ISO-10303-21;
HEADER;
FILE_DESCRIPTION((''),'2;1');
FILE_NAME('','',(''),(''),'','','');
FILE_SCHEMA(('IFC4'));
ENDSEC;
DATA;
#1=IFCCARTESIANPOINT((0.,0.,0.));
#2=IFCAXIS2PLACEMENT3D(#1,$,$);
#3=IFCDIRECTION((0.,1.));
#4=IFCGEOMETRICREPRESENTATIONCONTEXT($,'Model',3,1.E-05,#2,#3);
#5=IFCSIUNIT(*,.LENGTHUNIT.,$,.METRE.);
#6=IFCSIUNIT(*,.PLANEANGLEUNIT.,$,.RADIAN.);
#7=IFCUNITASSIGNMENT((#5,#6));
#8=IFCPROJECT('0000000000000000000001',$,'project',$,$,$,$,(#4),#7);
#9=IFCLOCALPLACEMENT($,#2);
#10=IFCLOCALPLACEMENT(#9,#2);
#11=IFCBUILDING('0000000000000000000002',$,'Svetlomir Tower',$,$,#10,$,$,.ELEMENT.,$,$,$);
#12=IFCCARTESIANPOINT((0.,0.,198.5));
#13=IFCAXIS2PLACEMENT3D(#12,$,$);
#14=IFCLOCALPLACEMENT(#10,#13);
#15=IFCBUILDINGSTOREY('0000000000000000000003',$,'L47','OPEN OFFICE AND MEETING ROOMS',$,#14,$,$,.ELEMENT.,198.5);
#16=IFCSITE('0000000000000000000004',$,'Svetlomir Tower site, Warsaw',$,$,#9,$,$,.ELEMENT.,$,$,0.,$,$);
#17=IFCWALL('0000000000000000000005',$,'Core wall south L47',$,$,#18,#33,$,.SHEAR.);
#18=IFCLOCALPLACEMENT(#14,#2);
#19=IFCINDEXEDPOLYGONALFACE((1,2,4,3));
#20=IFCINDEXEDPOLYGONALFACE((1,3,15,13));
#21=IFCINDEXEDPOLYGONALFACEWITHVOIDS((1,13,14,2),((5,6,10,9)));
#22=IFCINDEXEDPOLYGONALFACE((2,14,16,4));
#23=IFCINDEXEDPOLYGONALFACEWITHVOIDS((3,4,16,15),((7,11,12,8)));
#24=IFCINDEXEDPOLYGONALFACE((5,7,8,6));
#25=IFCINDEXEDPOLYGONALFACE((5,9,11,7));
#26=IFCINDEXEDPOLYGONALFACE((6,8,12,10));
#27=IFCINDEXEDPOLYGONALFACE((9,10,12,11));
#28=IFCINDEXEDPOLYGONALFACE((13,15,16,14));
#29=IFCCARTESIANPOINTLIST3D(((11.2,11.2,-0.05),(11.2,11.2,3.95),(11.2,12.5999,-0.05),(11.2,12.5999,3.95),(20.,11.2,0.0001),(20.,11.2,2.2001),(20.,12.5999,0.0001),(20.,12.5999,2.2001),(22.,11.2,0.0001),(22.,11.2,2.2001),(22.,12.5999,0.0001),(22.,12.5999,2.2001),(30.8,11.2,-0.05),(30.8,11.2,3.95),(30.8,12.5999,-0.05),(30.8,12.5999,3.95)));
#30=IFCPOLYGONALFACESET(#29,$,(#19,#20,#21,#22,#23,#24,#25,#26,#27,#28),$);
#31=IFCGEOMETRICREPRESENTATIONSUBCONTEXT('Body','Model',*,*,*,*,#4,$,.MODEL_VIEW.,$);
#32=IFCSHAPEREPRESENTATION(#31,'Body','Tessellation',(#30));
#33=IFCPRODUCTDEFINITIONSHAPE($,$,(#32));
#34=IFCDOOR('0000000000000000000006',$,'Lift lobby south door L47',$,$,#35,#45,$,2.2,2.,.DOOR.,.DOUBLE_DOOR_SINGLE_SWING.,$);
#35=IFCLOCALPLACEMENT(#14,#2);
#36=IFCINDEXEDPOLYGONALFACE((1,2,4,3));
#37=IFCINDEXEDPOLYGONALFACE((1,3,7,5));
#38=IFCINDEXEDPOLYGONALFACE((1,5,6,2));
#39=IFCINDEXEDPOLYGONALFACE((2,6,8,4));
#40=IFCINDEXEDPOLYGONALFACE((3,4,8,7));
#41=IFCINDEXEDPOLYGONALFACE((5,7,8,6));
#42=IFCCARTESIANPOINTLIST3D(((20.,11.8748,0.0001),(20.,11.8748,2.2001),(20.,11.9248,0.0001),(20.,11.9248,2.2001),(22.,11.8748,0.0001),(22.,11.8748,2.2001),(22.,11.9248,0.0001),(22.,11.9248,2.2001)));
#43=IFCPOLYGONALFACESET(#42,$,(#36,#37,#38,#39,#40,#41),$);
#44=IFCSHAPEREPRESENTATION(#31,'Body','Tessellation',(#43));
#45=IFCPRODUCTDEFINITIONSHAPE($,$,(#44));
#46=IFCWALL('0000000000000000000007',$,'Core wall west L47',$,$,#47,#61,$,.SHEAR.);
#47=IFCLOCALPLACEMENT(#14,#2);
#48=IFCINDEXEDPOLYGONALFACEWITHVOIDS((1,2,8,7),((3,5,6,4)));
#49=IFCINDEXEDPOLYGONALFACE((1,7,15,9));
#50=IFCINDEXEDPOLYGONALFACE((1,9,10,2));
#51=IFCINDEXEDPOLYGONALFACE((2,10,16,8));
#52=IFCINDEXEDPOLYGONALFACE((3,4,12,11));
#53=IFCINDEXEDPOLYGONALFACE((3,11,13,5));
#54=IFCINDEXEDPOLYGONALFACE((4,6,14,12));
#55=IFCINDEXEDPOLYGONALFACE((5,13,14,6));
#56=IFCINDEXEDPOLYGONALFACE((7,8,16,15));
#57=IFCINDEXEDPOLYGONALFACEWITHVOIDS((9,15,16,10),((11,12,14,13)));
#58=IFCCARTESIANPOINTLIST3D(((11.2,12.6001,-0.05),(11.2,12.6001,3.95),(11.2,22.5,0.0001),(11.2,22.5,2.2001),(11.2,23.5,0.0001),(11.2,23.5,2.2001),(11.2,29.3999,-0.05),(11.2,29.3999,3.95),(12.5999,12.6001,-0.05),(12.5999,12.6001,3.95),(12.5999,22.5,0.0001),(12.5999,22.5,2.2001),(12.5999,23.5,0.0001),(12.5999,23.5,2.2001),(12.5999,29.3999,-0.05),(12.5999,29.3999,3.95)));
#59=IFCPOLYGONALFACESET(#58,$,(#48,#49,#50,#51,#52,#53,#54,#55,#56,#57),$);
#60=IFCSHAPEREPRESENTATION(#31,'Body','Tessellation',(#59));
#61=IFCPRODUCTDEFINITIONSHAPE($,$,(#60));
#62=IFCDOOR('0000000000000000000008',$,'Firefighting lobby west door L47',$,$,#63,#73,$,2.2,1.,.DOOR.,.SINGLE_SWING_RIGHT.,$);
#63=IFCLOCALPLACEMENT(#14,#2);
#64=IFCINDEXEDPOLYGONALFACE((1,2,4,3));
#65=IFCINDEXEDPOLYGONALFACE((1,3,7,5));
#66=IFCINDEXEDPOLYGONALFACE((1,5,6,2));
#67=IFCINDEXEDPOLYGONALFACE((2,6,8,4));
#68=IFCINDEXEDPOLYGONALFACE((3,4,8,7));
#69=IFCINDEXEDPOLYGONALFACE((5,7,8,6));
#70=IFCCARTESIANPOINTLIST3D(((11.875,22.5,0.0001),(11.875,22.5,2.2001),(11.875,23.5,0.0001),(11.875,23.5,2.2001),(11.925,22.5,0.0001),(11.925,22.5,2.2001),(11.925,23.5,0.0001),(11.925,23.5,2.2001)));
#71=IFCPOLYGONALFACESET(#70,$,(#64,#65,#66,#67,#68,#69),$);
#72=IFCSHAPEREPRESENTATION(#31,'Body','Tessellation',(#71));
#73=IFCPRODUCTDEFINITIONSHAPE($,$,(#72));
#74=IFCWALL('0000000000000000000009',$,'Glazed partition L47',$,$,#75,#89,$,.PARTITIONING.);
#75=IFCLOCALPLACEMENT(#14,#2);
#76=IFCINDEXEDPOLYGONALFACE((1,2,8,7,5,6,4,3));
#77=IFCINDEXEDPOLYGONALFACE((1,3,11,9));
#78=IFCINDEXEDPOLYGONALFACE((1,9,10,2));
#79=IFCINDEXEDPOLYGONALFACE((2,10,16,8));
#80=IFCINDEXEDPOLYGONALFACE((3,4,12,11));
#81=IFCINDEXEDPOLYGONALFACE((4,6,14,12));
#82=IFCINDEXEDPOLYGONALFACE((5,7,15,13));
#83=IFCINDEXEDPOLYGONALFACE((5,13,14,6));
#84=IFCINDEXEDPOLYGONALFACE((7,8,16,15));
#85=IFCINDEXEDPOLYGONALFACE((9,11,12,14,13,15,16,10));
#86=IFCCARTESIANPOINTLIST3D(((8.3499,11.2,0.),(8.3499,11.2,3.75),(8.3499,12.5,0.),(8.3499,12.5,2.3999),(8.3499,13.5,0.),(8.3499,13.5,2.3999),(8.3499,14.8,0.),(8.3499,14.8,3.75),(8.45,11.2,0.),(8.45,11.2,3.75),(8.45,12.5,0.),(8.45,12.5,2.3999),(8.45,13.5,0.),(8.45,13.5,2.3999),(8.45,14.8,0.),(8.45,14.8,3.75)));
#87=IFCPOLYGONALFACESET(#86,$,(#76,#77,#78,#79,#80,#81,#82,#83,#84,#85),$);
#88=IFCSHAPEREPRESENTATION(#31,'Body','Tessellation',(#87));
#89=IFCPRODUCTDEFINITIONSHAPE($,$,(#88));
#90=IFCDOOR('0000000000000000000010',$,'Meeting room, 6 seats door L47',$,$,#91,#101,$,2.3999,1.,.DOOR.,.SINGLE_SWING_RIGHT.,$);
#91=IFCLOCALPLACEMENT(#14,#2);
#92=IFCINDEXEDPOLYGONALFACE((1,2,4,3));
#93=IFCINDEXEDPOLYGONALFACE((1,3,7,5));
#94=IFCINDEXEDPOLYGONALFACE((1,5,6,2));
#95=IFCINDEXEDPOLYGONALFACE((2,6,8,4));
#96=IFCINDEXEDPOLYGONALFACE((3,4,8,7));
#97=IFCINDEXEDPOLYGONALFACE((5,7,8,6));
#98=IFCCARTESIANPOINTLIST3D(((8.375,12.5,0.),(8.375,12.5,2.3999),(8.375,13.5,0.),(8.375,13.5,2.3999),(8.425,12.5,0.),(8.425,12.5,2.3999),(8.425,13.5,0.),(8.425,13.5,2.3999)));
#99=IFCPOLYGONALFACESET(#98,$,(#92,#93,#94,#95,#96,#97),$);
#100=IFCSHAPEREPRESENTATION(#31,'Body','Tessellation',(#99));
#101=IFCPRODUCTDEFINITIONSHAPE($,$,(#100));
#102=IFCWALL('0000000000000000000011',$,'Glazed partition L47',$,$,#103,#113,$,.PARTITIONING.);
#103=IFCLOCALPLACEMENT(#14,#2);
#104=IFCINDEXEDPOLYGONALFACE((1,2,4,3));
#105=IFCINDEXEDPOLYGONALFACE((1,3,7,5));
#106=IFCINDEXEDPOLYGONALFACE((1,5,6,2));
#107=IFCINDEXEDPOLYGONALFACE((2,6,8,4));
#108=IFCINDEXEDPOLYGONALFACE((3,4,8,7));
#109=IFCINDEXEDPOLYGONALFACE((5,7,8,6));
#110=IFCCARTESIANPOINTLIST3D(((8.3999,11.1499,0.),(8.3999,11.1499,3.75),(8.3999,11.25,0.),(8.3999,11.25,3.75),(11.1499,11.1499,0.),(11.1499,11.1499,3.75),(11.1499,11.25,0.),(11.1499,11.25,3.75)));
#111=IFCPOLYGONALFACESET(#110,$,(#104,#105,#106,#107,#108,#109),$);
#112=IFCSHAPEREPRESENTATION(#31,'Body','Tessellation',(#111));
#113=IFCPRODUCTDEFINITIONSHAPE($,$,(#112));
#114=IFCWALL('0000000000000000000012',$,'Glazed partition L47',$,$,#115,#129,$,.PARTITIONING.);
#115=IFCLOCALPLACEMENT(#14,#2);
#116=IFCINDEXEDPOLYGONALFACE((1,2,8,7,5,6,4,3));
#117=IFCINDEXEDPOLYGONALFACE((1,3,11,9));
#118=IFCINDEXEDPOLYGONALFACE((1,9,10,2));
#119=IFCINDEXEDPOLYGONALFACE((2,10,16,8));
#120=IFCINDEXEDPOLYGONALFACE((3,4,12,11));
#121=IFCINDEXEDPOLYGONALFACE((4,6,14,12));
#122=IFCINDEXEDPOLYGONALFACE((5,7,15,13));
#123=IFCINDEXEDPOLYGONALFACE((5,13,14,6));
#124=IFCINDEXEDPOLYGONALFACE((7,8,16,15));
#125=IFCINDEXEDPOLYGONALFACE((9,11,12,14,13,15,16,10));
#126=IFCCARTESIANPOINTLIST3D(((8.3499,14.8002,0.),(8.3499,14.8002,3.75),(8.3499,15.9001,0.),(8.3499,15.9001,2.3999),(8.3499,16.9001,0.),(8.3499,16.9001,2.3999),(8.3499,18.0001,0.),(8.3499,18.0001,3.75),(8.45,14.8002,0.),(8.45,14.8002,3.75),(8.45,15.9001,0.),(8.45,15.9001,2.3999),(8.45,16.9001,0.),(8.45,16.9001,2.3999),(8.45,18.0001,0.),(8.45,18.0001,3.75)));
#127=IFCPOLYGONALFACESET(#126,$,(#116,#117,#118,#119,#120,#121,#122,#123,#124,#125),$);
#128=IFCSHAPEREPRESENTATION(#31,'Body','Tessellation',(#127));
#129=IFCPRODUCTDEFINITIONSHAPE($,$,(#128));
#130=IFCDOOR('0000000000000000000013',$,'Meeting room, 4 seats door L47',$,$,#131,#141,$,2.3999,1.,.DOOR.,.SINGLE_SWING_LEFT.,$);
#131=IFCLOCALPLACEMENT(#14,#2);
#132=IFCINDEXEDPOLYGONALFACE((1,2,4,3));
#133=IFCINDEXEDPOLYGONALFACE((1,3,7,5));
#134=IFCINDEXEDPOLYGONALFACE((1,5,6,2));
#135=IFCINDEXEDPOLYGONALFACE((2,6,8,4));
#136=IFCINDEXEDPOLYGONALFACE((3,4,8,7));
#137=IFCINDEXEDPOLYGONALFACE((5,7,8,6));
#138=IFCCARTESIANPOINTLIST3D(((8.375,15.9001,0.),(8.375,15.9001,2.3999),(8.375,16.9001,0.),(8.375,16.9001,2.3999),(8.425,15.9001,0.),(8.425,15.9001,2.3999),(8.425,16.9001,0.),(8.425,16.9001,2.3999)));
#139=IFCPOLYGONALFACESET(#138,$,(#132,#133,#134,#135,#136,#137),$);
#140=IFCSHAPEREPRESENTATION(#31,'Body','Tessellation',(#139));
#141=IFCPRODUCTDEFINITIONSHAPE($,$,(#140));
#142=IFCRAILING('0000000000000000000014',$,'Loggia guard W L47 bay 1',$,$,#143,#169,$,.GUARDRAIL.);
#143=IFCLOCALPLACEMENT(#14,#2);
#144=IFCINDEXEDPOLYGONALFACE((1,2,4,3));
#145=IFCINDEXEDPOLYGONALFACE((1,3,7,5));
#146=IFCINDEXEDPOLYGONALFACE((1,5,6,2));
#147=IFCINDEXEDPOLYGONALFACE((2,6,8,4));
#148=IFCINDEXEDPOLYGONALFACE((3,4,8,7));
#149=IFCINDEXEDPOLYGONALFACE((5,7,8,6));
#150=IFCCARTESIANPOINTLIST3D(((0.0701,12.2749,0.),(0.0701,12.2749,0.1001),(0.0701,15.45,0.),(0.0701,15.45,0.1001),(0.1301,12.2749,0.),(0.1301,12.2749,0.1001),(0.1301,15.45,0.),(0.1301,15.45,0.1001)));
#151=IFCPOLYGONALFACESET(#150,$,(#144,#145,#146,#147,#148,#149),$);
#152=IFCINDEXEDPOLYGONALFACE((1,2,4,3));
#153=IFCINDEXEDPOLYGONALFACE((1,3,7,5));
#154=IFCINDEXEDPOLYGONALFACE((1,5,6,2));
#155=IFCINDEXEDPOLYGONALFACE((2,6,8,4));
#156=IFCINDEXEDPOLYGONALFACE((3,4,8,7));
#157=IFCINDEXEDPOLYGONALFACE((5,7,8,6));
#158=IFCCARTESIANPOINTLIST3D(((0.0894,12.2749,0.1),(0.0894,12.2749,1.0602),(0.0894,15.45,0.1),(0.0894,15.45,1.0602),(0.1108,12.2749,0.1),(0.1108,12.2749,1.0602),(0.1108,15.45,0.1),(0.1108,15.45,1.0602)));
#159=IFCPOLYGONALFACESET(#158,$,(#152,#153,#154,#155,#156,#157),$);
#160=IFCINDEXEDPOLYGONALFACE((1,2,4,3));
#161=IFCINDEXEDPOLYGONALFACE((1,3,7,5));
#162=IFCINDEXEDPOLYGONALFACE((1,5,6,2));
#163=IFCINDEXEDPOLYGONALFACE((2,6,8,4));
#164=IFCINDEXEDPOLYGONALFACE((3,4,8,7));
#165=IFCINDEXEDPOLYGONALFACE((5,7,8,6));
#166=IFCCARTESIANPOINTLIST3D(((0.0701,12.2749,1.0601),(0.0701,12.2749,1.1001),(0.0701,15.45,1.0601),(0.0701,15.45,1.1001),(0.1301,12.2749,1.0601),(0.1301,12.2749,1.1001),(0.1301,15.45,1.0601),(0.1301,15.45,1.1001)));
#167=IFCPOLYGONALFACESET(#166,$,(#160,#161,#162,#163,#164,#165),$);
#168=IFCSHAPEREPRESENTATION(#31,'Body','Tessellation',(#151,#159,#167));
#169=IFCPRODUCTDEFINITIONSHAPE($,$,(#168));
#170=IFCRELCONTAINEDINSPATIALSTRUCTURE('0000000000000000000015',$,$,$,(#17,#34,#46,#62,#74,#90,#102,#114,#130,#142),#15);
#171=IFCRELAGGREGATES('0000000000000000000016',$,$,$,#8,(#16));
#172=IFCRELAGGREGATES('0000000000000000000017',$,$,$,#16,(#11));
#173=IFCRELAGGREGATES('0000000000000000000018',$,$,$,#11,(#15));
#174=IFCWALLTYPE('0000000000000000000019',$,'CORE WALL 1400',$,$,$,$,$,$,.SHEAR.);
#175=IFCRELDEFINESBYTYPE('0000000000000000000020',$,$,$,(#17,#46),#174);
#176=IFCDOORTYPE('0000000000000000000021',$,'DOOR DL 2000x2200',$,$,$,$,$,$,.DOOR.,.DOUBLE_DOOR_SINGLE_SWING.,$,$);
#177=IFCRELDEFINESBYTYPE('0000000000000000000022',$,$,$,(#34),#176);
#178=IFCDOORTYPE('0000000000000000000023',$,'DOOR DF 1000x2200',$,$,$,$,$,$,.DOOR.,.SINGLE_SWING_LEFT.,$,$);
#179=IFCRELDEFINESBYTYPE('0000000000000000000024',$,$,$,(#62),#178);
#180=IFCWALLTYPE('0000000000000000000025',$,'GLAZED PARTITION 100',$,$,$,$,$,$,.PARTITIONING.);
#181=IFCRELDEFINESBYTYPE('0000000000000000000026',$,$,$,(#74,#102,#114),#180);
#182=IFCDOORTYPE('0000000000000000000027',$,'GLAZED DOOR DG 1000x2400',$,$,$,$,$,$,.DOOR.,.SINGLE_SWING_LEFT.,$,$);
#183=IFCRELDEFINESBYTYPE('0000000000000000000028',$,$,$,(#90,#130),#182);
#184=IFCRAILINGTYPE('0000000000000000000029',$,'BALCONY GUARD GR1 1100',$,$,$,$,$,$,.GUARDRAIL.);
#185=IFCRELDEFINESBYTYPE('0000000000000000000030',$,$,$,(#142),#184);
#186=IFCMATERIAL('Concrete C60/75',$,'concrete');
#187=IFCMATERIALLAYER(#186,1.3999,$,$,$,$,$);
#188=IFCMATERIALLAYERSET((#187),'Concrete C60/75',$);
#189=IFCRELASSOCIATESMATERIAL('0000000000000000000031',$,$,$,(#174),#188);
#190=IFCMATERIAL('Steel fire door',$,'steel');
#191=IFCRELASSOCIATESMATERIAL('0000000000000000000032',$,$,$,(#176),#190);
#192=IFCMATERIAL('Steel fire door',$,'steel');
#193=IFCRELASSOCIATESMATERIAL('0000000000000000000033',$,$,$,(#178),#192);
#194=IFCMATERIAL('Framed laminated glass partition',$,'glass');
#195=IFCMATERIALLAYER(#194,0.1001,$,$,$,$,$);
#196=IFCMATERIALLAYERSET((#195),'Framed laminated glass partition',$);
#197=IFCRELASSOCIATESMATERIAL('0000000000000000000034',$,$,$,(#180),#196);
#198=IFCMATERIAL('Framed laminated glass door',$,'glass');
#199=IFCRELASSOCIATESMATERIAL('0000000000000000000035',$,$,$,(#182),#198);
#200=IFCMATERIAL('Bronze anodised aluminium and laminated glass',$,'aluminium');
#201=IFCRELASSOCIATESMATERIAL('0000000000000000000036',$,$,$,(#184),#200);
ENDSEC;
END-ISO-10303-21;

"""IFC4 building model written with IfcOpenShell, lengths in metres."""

from ifc_helpers import new_model, si_unit, direction, frame, frame_2d, origin, origin_2d, place, context, subcontext, project, spatial, rectangle, extrude, material, layer, layer_set, type_object, element, fill, save


model = new_model("IFC4")

# Units and contexts
model_context = context("Model", 3, precision=1e-05, world=origin(), true_north=direction((0.0, 1.0)))
body_context = subcontext(model_context, "Body", "Model", "MODEL_VIEW")
ifc_project = project(units=[si_unit("LENGTHUNIT", "METRE"), si_unit("PLANEANGLEUNIT", "RADIAN")], contexts=[model_context])

# Site, building, storey
site_placement = place(None, origin())
site = spatial("IfcSite", under=ifc_project, at=site_placement, Name="Svetlomir Tower site, Warsaw", CompositionType="ELEMENT", RefElevation=0.0)
building_placement = place(site_placement, origin())
building = spatial("IfcBuilding", under=site, at=building_placement, Name="Svetlomir Tower", CompositionType="ELEMENT")
storey_placement = place(building_placement, frame((0.0, 0.0, 198.5)))
storey = spatial("IfcBuildingStorey", under=building, at=storey_placement, Name="L47", Description="OPEN OFFICE AND MEETING ROOMS", CompositionType="ELEMENT", Elevation=198.5)

# Walls, openings, doors
ifc_material_1 = material(Name="Concrete C60/75", Category="concrete")
ifc_layer_1 = layer(ifc_material_1, 1.3999)
ifc_layer_set_1 = layer_set([ifc_layer_1], Name="Concrete C60/75")
wall_type_1 = type_object("IfcWallType", Name="CORE WALL 1400", PredefinedType="SHEAR", material=ifc_layer_set_1)
wall_1_placement = place(storey_placement, frame((11.2, 11.8999, -0.05), z_axis=(0.0, 0.0, 1.0), x_axis=(1.0, 0.0, 0.0)))
wall_1 = element("IfcWall", 1, at=wall_1_placement, inside=storey, type_object=wall_type_1, Name="Core wall south L47", PredefinedType="SHEAR", context=body_context, shape_type="SweptSolid", body=[
    extrude(rectangle(XDim=19.6001, YDim=1.3999, at=frame_2d((9.8, 0.0))), origin(), (0.0, 0.0, 1.0), 4.0),
])
opening_1_placement = place(wall_1_placement, frame((8.8, 0.0, 0.05)))
opening_1 = element("IfcOpeningElement", 2, at=opening_1_placement, cuts=wall_1, PredefinedType="OPENING", context=body_context, shape_type="SweptSolid", body=[
    extrude(rectangle(XDim=2.0, YDim=2.2, at=frame_2d((1.0, 1.1001))), frame((0.0, 0.71, 0.0), z_axis=(0.0, -1.0, 0.0), x_axis=(1.0, 0.0, 0.0)), (0.0, 0.0, 1.0), 1.4199),
])
ifc_material_2 = material(Name="Steel fire door", Category="steel")
door_type_1 = type_object("IfcDoorType", Name="DOOR DL 2000x2200", OperationType="DOUBLE_DOOR_SINGLE_SWING", PredefinedType="DOOR", material=ifc_material_2)
door_1_placement = place(opening_1_placement, origin())
door_1 = element("IfcDoor", 3, at=door_1_placement, inside=storey, type_object=door_type_1, Name="Lift lobby south door L47", OperationType="DOUBLE_DOOR_SINGLE_SWING", OverallHeight=2.2, OverallWidth=2.0, PredefinedType="DOOR", context=body_context, shape_type="SweptSolid", body=[
    extrude(rectangle(XDim=2.0, YDim=2.2, at=frame_2d((1.0, 1.1001))), frame((0.0, 0.0249, 0.0), z_axis=(0.0, -1.0, 0.0), x_axis=(1.0, 0.0, 0.0)), (0.0, 0.0, 1.0), 0.05),
])
fill(opening_1, door_1)
wall_2_placement = place(storey_placement, frame((11.8999, 12.6001, -0.05), z_axis=(0.0, 0.0, 1.0), x_axis=(0.0, 1.0, 0.0)))
wall_2 = element("IfcWall", 4, at=wall_2_placement, inside=storey, type_object=wall_type_1, Name="Core wall west L47", PredefinedType="SHEAR", context=body_context, shape_type="SweptSolid", body=[
    extrude(rectangle(XDim=16.7998, YDim=1.3999, at=frame_2d((8.3999, 0.0))), origin(), (0.0, 0.0, 1.0), 4.0),
])
opening_2_placement = place(wall_2_placement, frame((9.8999, 0.0, 0.05)))
opening_2 = element("IfcOpeningElement", 5, at=opening_2_placement, cuts=wall_2, PredefinedType="OPENING", context=body_context, shape_type="SweptSolid", body=[
    extrude(rectangle(XDim=1.0, YDim=2.2, at=frame_2d((0.5, 1.1001))), frame((0.0, 0.71, 0.0), z_axis=(0.0, -1.0, 0.0), x_axis=(1.0, 0.0, 0.0)), (0.0, 0.0, 1.0), 1.4199),
])
ifc_material_3 = material(Name="Steel fire door", Category="steel")
door_type_2 = type_object("IfcDoorType", Name="DOOR DF 1000x2200", OperationType="SINGLE_SWING_LEFT", PredefinedType="DOOR", material=ifc_material_3)
door_2_placement = place(opening_2_placement, origin())
door_2 = element("IfcDoor", 6, at=door_2_placement, inside=storey, type_object=door_type_2, Name="Firefighting lobby west door L47", OperationType="SINGLE_SWING_RIGHT", OverallHeight=2.2, OverallWidth=1.0, PredefinedType="DOOR", context=body_context, shape_type="SweptSolid", body=[
    extrude(rectangle(XDim=1.0, YDim=2.2, at=frame_2d((0.5, 1.1001))), frame((0.0, 0.0249, 0.0), z_axis=(0.0, -1.0, 0.0), x_axis=(1.0, 0.0, 0.0)), (0.0, 0.0, 1.0), 0.05),
])
fill(opening_2, door_2)
ifc_material_4 = material(Name="Framed laminated glass partition", Category="glass")
ifc_layer_2 = layer(ifc_material_4, 0.1001)
ifc_layer_set_2 = layer_set([ifc_layer_2], Name="Framed laminated glass partition")
wall_type_2 = type_object("IfcWallType", Name="GLAZED PARTITION 100", PredefinedType="PARTITIONING", material=ifc_layer_set_2)
wall_3_placement = place(storey_placement, frame((8.3999, 11.2, 0.0), z_axis=(0.0, 0.0, 1.0), x_axis=(0.0, 1.0, 0.0)))
wall_3 = element("IfcWall", 7, at=wall_3_placement, inside=storey, type_object=wall_type_2, Name="Glazed partition L47", PredefinedType="PARTITIONING", context=body_context, shape_type="SweptSolid", body=[
    extrude(rectangle(XDim=3.6001, YDim=0.1001, at=frame_2d((1.8, 0.0))), origin(), (0.0, 0.0, 1.0), 3.75),
])
opening_3_placement = place(wall_3_placement, frame((1.3, 0.0, 0.0)))
opening_3 = element("IfcOpeningElement", 8, at=opening_3_placement, cuts=wall_3, PredefinedType="OPENING", context=body_context, shape_type="SweptSolid", body=[
    extrude(rectangle(XDim=1.0, YDim=2.3999, at=frame_2d((0.5, 1.2))), frame((0.0, 0.0601, 0.0), z_axis=(0.0, -1.0, 0.0), x_axis=(1.0, 0.0, 0.0)), (0.0, 0.0, 1.0), 0.1201),
])
ifc_material_5 = material(Name="Framed laminated glass door", Category="glass")
door_type_3 = type_object("IfcDoorType", Name="GLAZED DOOR DG 1000x2400", OperationType="SINGLE_SWING_LEFT", PredefinedType="DOOR", material=ifc_material_5)
door_3_placement = place(opening_3_placement, origin())
door_3 = element("IfcDoor", 9, at=door_3_placement, inside=storey, type_object=door_type_3, Name="Meeting room, 6 seats door L47", OperationType="SINGLE_SWING_RIGHT", OverallHeight=2.3999, OverallWidth=1.0, PredefinedType="DOOR", context=body_context, shape_type="SweptSolid", body=[
    extrude(rectangle(XDim=1.0, YDim=2.3999, at=frame_2d((0.5, 1.2))), frame((0.0, 0.0249, 0.0), z_axis=(0.0, -1.0, 0.0), x_axis=(1.0, 0.0, 0.0)), (0.0, 0.0, 1.0), 0.05),
])
fill(opening_3, door_3)

# Wall
wall_4_placement = place(storey_placement, frame((8.3999, 11.2, 0.0), z_axis=(0.0, 0.0, 1.0), x_axis=(1.0, 0.0, 0.0)))
element("IfcWall", 10, at=wall_4_placement, inside=storey, type_object=wall_type_2, Name="Glazed partition L47", PredefinedType="PARTITIONING", context=body_context, shape_type="SweptSolid", body=[
    extrude(rectangle(XDim=2.75, YDim=0.1001, at=frame_2d((1.375, 0.0))), origin(), (0.0, 0.0, 1.0), 3.75),
])

# Wall, opening, door
wall_5_placement = place(storey_placement, frame((8.3999, 14.8, 0.0), z_axis=(0.0, 0.0, 1.0), x_axis=(0.0, 1.0, 0.0)))
wall_5 = element("IfcWall", 11, at=wall_5_placement, inside=storey, type_object=wall_type_2, Name="Glazed partition L47", PredefinedType="PARTITIONING", context=body_context, shape_type="SweptSolid", body=[
    extrude(rectangle(XDim=3.2, YDim=0.1001, at=frame_2d((1.6001, 0.0))), origin(), (0.0, 0.0, 1.0), 3.75),
])
opening_4_placement = place(wall_5_placement, frame((1.1001, 0.0, 0.0)))
opening_4 = element("IfcOpeningElement", 12, at=opening_4_placement, cuts=wall_5, PredefinedType="OPENING", context=body_context, shape_type="SweptSolid", body=[
    extrude(rectangle(XDim=1.0, YDim=2.3999, at=frame_2d((0.5, 1.2))), frame((0.0, 0.0601, 0.0), z_axis=(0.0, -1.0, 0.0), x_axis=(1.0, 0.0, 0.0)), (0.0, 0.0, 1.0), 0.1201),
])
door_4_placement = place(opening_4_placement, origin())
door_4 = element("IfcDoor", 13, at=door_4_placement, inside=storey, type_object=door_type_3, Name="Meeting room, 4 seats door L47", OperationType="SINGLE_SWING_LEFT", OverallHeight=2.3999, OverallWidth=1.0, PredefinedType="DOOR", context=body_context, shape_type="SweptSolid", body=[
    extrude(rectangle(XDim=1.0, YDim=2.3999, at=frame_2d((0.5, 1.2))), frame((0.0, 0.0249, 0.0), z_axis=(0.0, -1.0, 0.0), x_axis=(1.0, 0.0, 0.0)), (0.0, 0.0, 1.0), 0.05),
])
fill(opening_4, door_4)

# Railing
ifc_material_6 = material(Name="Bronze anodised aluminium and laminated glass", Category="aluminium")
railing_type = type_object("IfcRailingType", Name="BALCONY GUARD GR1 1100", PredefinedType="GUARDRAIL", material=ifc_material_6)
railing_1_placement = place(storey_placement, frame((0.1001, 12.2749, 0.0)))
element("IfcRailing", 14, at=railing_1_placement, inside=storey, type_object=railing_type, Name="Loggia guard W L47 bay 1", PredefinedType="GUARDRAIL", context=body_context, shape_type="SweptSolid", body=[
    extrude(rectangle(XDim=0.0601, YDim=0.1001, at=origin_2d()), frame((0.0, 0.0, 0.05), z_axis=(0.0, 1.0, 0.0), x_axis=(-1.0, 0.0, 0.0)), (0.0, 0.0, 1.0), 3.175),
    extrude(rectangle(XDim=0.0215, YDim=0.9602, at=origin_2d()), frame((0.0, 0.0, 0.5801), z_axis=(0.0, 1.0, 0.0), x_axis=(-1.0, 0.0, 0.0)), (0.0, 0.0, 1.0), 3.175),
    extrude(rectangle(XDim=0.0601, YDim=0.04, at=origin_2d()), frame((0.0, 0.0, 1.0801), z_axis=(0.0, 1.0, 0.0), x_axis=(-1.0, 0.0, 0.0)), (0.0, 0.0, 1.0), 3.175),
])

save(model, "model.ifc")
